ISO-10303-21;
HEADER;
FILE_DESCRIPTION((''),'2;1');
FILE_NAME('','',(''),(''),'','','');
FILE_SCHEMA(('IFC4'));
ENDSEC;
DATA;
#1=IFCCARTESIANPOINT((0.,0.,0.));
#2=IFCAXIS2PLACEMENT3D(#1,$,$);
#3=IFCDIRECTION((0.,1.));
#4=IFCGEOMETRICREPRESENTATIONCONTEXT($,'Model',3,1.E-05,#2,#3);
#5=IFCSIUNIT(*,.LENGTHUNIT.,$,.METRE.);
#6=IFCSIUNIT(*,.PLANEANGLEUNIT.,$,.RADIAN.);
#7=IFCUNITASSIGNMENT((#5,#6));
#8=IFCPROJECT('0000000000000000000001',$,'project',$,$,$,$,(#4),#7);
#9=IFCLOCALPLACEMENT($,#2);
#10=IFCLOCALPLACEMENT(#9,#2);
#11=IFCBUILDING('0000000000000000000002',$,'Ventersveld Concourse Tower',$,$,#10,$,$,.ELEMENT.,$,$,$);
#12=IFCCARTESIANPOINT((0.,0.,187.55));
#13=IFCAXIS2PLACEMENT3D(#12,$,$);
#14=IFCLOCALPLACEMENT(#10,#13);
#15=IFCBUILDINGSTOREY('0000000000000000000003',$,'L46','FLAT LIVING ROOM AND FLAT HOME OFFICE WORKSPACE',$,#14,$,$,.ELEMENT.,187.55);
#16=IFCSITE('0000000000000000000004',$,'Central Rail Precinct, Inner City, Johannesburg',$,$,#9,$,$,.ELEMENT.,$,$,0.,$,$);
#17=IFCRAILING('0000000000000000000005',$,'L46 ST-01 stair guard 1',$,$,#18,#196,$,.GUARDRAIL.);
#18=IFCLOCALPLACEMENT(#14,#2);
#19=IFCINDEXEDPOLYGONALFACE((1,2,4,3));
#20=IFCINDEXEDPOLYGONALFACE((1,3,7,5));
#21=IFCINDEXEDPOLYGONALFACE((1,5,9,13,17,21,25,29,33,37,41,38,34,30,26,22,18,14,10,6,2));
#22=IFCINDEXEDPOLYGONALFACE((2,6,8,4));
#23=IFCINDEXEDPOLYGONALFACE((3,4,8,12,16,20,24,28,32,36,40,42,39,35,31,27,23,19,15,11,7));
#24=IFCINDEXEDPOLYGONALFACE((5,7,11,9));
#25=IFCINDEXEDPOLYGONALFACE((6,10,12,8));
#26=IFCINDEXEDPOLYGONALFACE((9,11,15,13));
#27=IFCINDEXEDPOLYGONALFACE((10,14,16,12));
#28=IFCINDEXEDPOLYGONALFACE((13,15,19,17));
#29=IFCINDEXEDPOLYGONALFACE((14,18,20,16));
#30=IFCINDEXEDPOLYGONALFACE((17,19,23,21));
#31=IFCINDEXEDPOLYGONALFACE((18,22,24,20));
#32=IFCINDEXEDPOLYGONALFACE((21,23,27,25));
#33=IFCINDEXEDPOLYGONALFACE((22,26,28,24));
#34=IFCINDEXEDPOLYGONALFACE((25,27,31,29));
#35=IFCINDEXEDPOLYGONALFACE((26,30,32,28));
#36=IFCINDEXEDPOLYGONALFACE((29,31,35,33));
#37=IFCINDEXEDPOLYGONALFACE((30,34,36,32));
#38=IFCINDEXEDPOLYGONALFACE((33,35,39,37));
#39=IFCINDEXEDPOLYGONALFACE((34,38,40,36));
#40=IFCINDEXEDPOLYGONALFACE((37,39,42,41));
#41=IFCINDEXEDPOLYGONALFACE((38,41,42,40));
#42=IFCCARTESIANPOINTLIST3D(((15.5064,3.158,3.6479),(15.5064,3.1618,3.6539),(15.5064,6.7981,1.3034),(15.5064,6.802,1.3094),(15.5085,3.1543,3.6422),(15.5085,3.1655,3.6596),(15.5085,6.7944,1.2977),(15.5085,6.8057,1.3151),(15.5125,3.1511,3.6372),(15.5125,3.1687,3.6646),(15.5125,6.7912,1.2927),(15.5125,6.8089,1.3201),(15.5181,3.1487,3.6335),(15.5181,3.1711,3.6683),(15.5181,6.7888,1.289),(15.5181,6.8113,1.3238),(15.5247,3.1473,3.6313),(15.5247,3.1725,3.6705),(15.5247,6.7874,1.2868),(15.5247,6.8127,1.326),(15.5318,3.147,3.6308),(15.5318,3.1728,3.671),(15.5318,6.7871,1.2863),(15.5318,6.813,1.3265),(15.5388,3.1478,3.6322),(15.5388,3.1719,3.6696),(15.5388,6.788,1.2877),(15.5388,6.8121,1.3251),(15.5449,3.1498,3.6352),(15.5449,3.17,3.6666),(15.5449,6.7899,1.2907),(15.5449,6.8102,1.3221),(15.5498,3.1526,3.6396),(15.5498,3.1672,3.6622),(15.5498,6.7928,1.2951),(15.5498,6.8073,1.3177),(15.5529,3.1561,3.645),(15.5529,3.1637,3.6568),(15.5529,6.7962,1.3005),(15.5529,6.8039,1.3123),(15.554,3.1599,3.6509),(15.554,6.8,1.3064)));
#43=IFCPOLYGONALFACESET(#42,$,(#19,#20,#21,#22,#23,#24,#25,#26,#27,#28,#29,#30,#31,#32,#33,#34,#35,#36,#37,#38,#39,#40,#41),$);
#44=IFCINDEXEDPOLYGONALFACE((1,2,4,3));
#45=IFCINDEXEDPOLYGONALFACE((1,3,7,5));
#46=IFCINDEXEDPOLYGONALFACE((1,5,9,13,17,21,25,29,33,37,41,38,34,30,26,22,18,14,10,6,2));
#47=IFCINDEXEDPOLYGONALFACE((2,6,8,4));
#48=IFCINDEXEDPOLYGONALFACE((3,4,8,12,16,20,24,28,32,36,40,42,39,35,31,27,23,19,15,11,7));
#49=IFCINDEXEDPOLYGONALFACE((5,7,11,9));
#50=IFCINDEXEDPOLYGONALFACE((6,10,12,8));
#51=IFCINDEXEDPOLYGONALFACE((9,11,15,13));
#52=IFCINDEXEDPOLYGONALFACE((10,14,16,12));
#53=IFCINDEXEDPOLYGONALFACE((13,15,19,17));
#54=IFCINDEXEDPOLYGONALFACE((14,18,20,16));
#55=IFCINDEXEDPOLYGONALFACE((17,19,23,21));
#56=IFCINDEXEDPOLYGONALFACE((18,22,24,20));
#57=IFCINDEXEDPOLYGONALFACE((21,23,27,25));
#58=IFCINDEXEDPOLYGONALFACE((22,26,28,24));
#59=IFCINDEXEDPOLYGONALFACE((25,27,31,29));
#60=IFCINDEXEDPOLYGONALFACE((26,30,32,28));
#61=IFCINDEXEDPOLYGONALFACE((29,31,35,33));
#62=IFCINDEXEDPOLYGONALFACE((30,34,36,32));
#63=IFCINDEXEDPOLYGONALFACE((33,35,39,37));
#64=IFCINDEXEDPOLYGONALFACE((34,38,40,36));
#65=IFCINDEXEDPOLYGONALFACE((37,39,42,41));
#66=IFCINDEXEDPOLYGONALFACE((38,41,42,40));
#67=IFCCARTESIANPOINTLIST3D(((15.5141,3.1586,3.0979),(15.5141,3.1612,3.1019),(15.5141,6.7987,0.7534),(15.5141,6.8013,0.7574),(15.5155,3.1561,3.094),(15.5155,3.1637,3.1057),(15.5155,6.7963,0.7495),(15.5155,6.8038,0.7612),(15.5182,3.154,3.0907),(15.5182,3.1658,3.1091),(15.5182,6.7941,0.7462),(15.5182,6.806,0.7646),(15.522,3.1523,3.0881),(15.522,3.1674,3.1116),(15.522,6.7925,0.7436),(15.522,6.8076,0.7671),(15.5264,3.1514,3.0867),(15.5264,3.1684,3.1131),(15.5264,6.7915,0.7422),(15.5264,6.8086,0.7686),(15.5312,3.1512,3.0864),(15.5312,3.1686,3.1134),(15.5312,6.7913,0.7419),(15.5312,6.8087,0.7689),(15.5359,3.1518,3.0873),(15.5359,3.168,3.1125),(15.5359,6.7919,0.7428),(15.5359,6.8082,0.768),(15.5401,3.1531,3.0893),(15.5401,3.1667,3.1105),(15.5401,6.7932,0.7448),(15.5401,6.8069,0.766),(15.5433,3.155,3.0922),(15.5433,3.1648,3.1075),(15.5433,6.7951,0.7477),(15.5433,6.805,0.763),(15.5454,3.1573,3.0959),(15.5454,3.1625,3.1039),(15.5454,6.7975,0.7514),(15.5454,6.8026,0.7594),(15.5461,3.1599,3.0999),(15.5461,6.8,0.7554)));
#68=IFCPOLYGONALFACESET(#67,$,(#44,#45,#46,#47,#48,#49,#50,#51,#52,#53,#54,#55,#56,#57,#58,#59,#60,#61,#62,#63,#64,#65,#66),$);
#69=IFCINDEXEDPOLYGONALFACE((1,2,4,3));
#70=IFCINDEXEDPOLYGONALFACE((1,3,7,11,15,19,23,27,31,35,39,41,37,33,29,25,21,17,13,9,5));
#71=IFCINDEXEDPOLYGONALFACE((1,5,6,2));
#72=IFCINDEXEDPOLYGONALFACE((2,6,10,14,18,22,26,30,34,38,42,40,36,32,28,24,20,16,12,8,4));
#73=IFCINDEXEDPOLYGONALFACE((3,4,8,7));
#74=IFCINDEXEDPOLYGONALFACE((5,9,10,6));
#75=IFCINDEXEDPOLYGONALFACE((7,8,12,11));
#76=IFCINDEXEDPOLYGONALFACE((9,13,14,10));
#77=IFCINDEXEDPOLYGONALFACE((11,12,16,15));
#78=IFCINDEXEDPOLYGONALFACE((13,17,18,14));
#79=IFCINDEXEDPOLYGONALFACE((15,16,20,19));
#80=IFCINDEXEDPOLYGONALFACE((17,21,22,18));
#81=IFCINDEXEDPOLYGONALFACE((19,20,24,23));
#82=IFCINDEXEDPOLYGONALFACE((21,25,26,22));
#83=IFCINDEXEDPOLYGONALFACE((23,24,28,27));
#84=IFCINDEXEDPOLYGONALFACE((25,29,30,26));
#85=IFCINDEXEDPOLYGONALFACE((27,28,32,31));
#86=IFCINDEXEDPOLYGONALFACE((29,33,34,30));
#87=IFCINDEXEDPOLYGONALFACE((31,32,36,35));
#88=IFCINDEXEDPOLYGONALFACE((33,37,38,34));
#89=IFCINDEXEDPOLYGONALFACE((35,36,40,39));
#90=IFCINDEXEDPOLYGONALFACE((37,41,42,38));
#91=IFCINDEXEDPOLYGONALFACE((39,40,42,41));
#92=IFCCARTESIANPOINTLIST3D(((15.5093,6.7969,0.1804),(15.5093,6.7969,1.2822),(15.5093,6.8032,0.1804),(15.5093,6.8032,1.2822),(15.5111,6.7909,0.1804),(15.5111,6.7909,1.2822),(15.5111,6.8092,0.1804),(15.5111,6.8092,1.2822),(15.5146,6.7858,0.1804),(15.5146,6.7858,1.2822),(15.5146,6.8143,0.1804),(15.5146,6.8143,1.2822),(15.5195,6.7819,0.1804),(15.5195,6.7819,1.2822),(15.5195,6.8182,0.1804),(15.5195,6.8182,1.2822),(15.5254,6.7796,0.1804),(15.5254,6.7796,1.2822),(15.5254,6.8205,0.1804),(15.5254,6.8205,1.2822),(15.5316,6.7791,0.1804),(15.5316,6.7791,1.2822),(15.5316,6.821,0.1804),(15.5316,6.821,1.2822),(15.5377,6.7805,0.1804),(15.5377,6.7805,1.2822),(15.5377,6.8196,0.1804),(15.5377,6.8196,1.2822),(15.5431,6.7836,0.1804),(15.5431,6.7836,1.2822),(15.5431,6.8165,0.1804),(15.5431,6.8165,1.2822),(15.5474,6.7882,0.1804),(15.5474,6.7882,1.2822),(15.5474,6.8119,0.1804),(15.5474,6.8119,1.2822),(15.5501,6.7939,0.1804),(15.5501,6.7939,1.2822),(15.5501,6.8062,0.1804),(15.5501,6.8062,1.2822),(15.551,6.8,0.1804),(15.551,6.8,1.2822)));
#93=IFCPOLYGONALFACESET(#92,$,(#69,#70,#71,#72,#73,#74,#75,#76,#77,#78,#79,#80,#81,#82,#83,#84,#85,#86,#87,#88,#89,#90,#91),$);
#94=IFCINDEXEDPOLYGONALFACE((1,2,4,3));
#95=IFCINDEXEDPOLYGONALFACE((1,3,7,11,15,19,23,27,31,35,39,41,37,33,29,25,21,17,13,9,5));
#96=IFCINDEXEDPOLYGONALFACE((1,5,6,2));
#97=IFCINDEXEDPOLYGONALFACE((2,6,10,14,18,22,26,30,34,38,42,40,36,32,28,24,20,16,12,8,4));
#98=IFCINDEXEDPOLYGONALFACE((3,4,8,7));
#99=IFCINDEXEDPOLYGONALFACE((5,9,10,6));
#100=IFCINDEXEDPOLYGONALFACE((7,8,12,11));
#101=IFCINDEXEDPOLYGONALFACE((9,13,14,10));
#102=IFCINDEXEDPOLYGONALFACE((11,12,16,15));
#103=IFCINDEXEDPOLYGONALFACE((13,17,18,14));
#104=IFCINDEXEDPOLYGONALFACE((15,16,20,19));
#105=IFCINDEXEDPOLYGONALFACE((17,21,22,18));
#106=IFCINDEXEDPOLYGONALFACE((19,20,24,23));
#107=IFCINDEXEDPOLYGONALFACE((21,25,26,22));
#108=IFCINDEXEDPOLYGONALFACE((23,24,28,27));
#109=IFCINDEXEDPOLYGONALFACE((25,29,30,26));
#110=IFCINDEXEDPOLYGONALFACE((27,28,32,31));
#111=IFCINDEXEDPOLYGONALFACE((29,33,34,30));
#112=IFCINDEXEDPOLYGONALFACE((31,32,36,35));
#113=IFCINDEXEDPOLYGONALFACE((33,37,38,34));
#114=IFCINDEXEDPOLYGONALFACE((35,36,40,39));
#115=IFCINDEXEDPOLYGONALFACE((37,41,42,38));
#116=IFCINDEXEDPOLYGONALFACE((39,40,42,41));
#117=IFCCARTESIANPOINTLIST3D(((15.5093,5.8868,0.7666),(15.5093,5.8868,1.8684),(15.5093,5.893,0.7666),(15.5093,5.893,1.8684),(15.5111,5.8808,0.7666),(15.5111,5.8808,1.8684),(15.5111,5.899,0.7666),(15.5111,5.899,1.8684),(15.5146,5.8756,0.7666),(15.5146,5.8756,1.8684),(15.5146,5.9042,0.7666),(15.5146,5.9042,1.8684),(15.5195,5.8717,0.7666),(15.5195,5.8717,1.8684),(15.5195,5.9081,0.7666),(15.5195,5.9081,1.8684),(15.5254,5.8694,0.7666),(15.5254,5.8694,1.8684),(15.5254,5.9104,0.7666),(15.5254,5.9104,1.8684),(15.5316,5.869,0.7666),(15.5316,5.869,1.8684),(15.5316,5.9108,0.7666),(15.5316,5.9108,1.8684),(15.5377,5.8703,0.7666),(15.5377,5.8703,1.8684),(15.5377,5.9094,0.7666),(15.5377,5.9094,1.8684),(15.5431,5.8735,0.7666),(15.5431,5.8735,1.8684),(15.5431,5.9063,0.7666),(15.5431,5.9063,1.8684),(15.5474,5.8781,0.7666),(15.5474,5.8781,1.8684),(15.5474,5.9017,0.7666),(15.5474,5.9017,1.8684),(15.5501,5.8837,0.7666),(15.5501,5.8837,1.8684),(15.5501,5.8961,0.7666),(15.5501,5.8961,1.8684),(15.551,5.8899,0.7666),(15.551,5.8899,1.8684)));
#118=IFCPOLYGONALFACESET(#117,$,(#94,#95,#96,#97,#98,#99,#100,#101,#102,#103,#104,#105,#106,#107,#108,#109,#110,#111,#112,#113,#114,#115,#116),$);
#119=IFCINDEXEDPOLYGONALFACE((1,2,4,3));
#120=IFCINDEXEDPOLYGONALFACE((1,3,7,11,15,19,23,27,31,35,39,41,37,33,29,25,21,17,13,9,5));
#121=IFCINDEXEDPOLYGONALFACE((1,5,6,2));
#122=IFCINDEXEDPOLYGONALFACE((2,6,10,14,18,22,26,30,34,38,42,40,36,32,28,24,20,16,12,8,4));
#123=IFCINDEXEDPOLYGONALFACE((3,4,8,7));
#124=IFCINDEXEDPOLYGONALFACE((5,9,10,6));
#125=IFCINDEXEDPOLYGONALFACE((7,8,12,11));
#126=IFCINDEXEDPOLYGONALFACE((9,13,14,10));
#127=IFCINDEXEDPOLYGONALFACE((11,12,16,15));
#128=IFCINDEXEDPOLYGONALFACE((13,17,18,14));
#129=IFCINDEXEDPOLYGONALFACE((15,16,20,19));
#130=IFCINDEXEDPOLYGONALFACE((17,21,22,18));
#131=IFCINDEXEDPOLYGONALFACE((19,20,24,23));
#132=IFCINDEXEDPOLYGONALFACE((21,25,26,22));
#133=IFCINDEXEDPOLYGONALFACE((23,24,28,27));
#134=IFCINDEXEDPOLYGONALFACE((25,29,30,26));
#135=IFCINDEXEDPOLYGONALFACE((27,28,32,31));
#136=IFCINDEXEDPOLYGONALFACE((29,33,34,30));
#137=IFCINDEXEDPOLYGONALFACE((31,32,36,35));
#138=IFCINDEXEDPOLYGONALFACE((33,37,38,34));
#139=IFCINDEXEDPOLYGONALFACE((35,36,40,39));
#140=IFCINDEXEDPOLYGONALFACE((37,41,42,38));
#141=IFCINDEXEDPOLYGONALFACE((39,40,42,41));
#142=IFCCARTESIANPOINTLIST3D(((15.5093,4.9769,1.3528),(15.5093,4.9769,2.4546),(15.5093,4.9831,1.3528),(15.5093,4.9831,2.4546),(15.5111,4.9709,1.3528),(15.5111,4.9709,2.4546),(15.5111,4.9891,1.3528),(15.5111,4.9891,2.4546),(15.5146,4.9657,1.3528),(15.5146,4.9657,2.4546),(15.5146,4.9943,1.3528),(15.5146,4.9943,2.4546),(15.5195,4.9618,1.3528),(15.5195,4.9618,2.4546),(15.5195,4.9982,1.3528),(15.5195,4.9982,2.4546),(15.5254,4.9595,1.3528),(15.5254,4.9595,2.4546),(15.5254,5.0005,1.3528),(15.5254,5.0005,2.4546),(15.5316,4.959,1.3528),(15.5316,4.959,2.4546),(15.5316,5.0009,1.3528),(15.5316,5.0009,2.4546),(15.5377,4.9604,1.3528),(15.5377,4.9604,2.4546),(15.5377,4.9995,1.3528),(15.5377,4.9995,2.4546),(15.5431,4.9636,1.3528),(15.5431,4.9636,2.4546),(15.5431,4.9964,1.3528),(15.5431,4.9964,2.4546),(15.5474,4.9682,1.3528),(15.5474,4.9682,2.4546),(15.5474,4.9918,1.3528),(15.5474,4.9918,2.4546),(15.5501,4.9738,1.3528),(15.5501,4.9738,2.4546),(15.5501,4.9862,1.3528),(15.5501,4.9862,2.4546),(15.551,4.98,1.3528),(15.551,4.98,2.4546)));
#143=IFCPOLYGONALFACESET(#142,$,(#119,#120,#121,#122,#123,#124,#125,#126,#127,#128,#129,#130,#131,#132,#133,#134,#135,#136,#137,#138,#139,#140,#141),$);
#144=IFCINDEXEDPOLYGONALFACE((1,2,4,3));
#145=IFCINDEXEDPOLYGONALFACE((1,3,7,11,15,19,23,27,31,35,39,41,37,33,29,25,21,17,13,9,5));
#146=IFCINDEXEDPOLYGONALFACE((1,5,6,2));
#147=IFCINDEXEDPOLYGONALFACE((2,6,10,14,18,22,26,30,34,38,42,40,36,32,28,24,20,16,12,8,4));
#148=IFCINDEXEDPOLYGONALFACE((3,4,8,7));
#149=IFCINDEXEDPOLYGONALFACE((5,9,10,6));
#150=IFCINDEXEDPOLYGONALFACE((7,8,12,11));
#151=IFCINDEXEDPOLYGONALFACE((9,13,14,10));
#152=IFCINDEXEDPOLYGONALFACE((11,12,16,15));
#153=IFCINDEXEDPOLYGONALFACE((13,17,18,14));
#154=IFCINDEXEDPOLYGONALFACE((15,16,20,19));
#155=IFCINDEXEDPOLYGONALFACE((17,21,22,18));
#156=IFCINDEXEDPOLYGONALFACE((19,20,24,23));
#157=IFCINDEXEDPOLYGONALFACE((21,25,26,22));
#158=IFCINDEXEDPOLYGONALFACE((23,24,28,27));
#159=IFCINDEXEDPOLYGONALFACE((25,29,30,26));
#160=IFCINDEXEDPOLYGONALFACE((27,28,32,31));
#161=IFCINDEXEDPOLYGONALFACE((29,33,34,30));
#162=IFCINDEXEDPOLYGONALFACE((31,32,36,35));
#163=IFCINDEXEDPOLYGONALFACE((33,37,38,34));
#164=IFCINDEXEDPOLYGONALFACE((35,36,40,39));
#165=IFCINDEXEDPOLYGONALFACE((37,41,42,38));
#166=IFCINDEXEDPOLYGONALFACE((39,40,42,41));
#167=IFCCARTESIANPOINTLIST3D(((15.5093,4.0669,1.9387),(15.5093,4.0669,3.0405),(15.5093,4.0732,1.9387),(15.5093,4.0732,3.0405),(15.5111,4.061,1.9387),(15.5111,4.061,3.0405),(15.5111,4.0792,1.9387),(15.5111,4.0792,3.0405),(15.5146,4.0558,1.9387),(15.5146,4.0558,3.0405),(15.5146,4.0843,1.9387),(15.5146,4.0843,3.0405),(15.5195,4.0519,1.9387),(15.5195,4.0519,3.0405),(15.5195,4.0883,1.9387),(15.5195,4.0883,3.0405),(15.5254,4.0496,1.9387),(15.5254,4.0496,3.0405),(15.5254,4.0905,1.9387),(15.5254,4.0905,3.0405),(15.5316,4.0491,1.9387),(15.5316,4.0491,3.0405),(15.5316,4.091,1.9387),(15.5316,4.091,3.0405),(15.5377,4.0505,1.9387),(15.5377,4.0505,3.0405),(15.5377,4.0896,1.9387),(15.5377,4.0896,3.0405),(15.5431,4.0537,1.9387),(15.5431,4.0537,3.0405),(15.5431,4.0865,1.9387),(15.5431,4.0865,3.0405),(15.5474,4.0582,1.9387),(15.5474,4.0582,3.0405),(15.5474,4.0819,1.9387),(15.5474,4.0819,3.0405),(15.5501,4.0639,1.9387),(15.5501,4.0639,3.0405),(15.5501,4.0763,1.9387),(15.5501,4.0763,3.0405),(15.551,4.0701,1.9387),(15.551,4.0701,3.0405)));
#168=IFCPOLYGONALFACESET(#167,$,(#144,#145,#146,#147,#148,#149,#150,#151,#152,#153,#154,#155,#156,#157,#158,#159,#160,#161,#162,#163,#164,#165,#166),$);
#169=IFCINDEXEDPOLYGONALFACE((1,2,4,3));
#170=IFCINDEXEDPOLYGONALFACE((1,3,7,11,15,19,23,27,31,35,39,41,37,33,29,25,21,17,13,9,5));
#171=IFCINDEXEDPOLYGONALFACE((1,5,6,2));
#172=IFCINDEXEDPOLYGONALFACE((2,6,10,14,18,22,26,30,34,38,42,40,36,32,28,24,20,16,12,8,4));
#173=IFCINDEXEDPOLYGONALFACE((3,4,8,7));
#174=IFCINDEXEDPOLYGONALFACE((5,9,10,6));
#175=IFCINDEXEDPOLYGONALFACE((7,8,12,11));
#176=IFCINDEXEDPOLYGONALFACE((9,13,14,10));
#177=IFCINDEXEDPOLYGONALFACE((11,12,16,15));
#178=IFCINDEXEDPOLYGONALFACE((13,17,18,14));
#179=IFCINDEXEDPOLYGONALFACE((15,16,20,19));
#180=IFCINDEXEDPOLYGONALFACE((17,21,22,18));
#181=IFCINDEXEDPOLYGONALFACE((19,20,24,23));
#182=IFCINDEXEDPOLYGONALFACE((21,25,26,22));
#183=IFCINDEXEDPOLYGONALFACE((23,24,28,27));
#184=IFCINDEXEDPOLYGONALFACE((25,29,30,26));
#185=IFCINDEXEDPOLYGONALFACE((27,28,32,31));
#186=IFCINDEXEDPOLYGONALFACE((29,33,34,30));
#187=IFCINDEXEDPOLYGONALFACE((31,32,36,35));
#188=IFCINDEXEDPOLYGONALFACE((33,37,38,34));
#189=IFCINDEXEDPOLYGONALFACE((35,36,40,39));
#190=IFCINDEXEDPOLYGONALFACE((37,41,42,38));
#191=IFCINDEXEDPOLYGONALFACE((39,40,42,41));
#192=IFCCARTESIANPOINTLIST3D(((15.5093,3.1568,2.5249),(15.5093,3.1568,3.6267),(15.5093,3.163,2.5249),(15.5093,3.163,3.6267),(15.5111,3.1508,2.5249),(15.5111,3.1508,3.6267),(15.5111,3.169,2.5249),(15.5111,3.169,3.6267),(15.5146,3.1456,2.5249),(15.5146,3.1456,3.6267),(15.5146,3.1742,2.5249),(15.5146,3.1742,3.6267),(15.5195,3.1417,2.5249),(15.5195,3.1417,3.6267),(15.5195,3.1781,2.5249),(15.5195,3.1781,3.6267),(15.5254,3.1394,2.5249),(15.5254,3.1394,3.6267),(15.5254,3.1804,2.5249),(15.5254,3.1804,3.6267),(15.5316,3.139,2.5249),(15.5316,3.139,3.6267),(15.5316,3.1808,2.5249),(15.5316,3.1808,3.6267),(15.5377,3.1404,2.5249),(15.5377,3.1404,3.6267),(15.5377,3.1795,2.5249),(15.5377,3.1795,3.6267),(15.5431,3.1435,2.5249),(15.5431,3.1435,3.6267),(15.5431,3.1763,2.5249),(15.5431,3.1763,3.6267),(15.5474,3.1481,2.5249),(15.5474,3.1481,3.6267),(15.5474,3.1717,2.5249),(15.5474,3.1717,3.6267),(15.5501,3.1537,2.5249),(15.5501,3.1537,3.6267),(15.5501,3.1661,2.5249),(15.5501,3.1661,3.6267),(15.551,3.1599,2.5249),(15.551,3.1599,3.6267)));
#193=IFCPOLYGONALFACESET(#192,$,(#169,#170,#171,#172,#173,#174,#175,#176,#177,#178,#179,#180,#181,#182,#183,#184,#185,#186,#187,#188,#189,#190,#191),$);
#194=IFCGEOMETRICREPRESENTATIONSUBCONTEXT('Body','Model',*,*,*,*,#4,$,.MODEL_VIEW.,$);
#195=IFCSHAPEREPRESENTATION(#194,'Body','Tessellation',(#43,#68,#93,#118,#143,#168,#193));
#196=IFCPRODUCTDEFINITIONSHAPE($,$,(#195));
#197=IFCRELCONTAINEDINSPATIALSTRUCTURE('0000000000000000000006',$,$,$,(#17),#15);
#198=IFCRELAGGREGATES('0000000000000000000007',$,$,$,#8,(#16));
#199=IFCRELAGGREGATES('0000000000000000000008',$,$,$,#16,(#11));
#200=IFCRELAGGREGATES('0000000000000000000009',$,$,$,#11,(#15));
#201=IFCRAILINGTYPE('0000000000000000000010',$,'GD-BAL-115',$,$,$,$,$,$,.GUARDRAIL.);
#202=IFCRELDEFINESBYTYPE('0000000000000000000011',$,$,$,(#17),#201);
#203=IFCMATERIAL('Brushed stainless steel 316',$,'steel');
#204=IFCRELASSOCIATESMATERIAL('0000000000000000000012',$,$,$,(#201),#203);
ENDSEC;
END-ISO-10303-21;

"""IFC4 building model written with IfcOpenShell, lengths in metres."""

from ifc_helpers import new_model, si_unit, direction, frame, origin, origin_2d, place, context, subcontext, project, spatial, circle, extrude, material, type_object, element, save


model = new_model("IFC4")

# Units and contexts
model_context = context("Model", 3, precision=1e-05, world=origin(), true_north=direction((0.0, 1.0)))
body_context = subcontext(model_context, "Body", "Model", "MODEL_VIEW")
ifc_project = project(units=[si_unit("LENGTHUNIT", "METRE"), si_unit("PLANEANGLEUNIT", "RADIAN")], contexts=[model_context])

# Site, building, storey
site_placement = place(None, origin())
site = spatial("IfcSite", under=ifc_project, at=site_placement, Name="Central Rail Precinct, Inner City, Johannesburg", CompositionType="ELEMENT", RefElevation=0.0)
building_placement = place(site_placement, origin())
building = spatial("IfcBuilding", under=site, at=building_placement, Name="Ventersveld Concourse Tower", CompositionType="ELEMENT")
storey_placement = place(building_placement, frame((0.0, 0.0, 187.55)))
storey = spatial("IfcBuildingStorey", under=building, at=storey_placement, Name="L46", Description="FLAT LIVING ROOM AND FLAT HOME OFFICE WORKSPACE", CompositionType="ELEMENT", Elevation=187.55)

# Railing
ifc_material_1 = material(Name="Brushed stainless steel 316", Category="steel")
railing_type_1 = type_object("IfcRailingType", Name="GD-BAL-115", PredefinedType="GUARDRAIL", material=ifc_material_1)
railing_1_placement = place(storey_placement, frame((15.53, 6.8, 0.1804)))
element("IfcRailing", 1, at=railing_1_placement, inside=storey, type_object=railing_type_1, Name="L46 ST-01 stair guard 1", PredefinedType="GUARDRAIL", context=body_context, shape_type="SweptSolid", body=[
    extrude(circle(Radius=0.0239, at=origin_2d()), frame((0.0, 0.0, 1.126), z_axis=(0.0, -0.840716, 0.541476), x_axis=(1.0, 0.0, 0.0)), (0.0, 0.0, 1.0), 4.3298),
    extrude(circle(Radius=0.0161, at=origin_2d()), frame((0.0, 0.0, 0.575), z_axis=(0.0, -0.840716, 0.541476), x_axis=(1.0, 0.0, 0.0)), (0.0, 0.0, 1.0), 4.3298),
    extrude(circle(Radius=0.021, at=origin_2d()), origin(), (0.0, 0.0, 1.0), 1.1018),
    extrude(circle(Radius=0.021, at=origin_2d()), frame((0.0, -0.9102, 0.5862)), (0.0, 0.0, 1.0), 1.1018),
    extrude(circle(Radius=0.021, at=origin_2d()), frame((0.0, -1.8201, 1.1724)), (0.0, 0.0, 1.0), 1.1018),
    extrude(circle(Radius=0.021, at=origin_2d()), frame((0.0, -2.73, 1.7583)), (0.0, 0.0, 1.0), 1.1018),
    extrude(circle(Radius=0.021, at=origin_2d()), frame((0.0, -3.6401, 2.3445)), (0.0, 0.0, 1.0), 1.1018),
])

save(model, "model.ifc")
